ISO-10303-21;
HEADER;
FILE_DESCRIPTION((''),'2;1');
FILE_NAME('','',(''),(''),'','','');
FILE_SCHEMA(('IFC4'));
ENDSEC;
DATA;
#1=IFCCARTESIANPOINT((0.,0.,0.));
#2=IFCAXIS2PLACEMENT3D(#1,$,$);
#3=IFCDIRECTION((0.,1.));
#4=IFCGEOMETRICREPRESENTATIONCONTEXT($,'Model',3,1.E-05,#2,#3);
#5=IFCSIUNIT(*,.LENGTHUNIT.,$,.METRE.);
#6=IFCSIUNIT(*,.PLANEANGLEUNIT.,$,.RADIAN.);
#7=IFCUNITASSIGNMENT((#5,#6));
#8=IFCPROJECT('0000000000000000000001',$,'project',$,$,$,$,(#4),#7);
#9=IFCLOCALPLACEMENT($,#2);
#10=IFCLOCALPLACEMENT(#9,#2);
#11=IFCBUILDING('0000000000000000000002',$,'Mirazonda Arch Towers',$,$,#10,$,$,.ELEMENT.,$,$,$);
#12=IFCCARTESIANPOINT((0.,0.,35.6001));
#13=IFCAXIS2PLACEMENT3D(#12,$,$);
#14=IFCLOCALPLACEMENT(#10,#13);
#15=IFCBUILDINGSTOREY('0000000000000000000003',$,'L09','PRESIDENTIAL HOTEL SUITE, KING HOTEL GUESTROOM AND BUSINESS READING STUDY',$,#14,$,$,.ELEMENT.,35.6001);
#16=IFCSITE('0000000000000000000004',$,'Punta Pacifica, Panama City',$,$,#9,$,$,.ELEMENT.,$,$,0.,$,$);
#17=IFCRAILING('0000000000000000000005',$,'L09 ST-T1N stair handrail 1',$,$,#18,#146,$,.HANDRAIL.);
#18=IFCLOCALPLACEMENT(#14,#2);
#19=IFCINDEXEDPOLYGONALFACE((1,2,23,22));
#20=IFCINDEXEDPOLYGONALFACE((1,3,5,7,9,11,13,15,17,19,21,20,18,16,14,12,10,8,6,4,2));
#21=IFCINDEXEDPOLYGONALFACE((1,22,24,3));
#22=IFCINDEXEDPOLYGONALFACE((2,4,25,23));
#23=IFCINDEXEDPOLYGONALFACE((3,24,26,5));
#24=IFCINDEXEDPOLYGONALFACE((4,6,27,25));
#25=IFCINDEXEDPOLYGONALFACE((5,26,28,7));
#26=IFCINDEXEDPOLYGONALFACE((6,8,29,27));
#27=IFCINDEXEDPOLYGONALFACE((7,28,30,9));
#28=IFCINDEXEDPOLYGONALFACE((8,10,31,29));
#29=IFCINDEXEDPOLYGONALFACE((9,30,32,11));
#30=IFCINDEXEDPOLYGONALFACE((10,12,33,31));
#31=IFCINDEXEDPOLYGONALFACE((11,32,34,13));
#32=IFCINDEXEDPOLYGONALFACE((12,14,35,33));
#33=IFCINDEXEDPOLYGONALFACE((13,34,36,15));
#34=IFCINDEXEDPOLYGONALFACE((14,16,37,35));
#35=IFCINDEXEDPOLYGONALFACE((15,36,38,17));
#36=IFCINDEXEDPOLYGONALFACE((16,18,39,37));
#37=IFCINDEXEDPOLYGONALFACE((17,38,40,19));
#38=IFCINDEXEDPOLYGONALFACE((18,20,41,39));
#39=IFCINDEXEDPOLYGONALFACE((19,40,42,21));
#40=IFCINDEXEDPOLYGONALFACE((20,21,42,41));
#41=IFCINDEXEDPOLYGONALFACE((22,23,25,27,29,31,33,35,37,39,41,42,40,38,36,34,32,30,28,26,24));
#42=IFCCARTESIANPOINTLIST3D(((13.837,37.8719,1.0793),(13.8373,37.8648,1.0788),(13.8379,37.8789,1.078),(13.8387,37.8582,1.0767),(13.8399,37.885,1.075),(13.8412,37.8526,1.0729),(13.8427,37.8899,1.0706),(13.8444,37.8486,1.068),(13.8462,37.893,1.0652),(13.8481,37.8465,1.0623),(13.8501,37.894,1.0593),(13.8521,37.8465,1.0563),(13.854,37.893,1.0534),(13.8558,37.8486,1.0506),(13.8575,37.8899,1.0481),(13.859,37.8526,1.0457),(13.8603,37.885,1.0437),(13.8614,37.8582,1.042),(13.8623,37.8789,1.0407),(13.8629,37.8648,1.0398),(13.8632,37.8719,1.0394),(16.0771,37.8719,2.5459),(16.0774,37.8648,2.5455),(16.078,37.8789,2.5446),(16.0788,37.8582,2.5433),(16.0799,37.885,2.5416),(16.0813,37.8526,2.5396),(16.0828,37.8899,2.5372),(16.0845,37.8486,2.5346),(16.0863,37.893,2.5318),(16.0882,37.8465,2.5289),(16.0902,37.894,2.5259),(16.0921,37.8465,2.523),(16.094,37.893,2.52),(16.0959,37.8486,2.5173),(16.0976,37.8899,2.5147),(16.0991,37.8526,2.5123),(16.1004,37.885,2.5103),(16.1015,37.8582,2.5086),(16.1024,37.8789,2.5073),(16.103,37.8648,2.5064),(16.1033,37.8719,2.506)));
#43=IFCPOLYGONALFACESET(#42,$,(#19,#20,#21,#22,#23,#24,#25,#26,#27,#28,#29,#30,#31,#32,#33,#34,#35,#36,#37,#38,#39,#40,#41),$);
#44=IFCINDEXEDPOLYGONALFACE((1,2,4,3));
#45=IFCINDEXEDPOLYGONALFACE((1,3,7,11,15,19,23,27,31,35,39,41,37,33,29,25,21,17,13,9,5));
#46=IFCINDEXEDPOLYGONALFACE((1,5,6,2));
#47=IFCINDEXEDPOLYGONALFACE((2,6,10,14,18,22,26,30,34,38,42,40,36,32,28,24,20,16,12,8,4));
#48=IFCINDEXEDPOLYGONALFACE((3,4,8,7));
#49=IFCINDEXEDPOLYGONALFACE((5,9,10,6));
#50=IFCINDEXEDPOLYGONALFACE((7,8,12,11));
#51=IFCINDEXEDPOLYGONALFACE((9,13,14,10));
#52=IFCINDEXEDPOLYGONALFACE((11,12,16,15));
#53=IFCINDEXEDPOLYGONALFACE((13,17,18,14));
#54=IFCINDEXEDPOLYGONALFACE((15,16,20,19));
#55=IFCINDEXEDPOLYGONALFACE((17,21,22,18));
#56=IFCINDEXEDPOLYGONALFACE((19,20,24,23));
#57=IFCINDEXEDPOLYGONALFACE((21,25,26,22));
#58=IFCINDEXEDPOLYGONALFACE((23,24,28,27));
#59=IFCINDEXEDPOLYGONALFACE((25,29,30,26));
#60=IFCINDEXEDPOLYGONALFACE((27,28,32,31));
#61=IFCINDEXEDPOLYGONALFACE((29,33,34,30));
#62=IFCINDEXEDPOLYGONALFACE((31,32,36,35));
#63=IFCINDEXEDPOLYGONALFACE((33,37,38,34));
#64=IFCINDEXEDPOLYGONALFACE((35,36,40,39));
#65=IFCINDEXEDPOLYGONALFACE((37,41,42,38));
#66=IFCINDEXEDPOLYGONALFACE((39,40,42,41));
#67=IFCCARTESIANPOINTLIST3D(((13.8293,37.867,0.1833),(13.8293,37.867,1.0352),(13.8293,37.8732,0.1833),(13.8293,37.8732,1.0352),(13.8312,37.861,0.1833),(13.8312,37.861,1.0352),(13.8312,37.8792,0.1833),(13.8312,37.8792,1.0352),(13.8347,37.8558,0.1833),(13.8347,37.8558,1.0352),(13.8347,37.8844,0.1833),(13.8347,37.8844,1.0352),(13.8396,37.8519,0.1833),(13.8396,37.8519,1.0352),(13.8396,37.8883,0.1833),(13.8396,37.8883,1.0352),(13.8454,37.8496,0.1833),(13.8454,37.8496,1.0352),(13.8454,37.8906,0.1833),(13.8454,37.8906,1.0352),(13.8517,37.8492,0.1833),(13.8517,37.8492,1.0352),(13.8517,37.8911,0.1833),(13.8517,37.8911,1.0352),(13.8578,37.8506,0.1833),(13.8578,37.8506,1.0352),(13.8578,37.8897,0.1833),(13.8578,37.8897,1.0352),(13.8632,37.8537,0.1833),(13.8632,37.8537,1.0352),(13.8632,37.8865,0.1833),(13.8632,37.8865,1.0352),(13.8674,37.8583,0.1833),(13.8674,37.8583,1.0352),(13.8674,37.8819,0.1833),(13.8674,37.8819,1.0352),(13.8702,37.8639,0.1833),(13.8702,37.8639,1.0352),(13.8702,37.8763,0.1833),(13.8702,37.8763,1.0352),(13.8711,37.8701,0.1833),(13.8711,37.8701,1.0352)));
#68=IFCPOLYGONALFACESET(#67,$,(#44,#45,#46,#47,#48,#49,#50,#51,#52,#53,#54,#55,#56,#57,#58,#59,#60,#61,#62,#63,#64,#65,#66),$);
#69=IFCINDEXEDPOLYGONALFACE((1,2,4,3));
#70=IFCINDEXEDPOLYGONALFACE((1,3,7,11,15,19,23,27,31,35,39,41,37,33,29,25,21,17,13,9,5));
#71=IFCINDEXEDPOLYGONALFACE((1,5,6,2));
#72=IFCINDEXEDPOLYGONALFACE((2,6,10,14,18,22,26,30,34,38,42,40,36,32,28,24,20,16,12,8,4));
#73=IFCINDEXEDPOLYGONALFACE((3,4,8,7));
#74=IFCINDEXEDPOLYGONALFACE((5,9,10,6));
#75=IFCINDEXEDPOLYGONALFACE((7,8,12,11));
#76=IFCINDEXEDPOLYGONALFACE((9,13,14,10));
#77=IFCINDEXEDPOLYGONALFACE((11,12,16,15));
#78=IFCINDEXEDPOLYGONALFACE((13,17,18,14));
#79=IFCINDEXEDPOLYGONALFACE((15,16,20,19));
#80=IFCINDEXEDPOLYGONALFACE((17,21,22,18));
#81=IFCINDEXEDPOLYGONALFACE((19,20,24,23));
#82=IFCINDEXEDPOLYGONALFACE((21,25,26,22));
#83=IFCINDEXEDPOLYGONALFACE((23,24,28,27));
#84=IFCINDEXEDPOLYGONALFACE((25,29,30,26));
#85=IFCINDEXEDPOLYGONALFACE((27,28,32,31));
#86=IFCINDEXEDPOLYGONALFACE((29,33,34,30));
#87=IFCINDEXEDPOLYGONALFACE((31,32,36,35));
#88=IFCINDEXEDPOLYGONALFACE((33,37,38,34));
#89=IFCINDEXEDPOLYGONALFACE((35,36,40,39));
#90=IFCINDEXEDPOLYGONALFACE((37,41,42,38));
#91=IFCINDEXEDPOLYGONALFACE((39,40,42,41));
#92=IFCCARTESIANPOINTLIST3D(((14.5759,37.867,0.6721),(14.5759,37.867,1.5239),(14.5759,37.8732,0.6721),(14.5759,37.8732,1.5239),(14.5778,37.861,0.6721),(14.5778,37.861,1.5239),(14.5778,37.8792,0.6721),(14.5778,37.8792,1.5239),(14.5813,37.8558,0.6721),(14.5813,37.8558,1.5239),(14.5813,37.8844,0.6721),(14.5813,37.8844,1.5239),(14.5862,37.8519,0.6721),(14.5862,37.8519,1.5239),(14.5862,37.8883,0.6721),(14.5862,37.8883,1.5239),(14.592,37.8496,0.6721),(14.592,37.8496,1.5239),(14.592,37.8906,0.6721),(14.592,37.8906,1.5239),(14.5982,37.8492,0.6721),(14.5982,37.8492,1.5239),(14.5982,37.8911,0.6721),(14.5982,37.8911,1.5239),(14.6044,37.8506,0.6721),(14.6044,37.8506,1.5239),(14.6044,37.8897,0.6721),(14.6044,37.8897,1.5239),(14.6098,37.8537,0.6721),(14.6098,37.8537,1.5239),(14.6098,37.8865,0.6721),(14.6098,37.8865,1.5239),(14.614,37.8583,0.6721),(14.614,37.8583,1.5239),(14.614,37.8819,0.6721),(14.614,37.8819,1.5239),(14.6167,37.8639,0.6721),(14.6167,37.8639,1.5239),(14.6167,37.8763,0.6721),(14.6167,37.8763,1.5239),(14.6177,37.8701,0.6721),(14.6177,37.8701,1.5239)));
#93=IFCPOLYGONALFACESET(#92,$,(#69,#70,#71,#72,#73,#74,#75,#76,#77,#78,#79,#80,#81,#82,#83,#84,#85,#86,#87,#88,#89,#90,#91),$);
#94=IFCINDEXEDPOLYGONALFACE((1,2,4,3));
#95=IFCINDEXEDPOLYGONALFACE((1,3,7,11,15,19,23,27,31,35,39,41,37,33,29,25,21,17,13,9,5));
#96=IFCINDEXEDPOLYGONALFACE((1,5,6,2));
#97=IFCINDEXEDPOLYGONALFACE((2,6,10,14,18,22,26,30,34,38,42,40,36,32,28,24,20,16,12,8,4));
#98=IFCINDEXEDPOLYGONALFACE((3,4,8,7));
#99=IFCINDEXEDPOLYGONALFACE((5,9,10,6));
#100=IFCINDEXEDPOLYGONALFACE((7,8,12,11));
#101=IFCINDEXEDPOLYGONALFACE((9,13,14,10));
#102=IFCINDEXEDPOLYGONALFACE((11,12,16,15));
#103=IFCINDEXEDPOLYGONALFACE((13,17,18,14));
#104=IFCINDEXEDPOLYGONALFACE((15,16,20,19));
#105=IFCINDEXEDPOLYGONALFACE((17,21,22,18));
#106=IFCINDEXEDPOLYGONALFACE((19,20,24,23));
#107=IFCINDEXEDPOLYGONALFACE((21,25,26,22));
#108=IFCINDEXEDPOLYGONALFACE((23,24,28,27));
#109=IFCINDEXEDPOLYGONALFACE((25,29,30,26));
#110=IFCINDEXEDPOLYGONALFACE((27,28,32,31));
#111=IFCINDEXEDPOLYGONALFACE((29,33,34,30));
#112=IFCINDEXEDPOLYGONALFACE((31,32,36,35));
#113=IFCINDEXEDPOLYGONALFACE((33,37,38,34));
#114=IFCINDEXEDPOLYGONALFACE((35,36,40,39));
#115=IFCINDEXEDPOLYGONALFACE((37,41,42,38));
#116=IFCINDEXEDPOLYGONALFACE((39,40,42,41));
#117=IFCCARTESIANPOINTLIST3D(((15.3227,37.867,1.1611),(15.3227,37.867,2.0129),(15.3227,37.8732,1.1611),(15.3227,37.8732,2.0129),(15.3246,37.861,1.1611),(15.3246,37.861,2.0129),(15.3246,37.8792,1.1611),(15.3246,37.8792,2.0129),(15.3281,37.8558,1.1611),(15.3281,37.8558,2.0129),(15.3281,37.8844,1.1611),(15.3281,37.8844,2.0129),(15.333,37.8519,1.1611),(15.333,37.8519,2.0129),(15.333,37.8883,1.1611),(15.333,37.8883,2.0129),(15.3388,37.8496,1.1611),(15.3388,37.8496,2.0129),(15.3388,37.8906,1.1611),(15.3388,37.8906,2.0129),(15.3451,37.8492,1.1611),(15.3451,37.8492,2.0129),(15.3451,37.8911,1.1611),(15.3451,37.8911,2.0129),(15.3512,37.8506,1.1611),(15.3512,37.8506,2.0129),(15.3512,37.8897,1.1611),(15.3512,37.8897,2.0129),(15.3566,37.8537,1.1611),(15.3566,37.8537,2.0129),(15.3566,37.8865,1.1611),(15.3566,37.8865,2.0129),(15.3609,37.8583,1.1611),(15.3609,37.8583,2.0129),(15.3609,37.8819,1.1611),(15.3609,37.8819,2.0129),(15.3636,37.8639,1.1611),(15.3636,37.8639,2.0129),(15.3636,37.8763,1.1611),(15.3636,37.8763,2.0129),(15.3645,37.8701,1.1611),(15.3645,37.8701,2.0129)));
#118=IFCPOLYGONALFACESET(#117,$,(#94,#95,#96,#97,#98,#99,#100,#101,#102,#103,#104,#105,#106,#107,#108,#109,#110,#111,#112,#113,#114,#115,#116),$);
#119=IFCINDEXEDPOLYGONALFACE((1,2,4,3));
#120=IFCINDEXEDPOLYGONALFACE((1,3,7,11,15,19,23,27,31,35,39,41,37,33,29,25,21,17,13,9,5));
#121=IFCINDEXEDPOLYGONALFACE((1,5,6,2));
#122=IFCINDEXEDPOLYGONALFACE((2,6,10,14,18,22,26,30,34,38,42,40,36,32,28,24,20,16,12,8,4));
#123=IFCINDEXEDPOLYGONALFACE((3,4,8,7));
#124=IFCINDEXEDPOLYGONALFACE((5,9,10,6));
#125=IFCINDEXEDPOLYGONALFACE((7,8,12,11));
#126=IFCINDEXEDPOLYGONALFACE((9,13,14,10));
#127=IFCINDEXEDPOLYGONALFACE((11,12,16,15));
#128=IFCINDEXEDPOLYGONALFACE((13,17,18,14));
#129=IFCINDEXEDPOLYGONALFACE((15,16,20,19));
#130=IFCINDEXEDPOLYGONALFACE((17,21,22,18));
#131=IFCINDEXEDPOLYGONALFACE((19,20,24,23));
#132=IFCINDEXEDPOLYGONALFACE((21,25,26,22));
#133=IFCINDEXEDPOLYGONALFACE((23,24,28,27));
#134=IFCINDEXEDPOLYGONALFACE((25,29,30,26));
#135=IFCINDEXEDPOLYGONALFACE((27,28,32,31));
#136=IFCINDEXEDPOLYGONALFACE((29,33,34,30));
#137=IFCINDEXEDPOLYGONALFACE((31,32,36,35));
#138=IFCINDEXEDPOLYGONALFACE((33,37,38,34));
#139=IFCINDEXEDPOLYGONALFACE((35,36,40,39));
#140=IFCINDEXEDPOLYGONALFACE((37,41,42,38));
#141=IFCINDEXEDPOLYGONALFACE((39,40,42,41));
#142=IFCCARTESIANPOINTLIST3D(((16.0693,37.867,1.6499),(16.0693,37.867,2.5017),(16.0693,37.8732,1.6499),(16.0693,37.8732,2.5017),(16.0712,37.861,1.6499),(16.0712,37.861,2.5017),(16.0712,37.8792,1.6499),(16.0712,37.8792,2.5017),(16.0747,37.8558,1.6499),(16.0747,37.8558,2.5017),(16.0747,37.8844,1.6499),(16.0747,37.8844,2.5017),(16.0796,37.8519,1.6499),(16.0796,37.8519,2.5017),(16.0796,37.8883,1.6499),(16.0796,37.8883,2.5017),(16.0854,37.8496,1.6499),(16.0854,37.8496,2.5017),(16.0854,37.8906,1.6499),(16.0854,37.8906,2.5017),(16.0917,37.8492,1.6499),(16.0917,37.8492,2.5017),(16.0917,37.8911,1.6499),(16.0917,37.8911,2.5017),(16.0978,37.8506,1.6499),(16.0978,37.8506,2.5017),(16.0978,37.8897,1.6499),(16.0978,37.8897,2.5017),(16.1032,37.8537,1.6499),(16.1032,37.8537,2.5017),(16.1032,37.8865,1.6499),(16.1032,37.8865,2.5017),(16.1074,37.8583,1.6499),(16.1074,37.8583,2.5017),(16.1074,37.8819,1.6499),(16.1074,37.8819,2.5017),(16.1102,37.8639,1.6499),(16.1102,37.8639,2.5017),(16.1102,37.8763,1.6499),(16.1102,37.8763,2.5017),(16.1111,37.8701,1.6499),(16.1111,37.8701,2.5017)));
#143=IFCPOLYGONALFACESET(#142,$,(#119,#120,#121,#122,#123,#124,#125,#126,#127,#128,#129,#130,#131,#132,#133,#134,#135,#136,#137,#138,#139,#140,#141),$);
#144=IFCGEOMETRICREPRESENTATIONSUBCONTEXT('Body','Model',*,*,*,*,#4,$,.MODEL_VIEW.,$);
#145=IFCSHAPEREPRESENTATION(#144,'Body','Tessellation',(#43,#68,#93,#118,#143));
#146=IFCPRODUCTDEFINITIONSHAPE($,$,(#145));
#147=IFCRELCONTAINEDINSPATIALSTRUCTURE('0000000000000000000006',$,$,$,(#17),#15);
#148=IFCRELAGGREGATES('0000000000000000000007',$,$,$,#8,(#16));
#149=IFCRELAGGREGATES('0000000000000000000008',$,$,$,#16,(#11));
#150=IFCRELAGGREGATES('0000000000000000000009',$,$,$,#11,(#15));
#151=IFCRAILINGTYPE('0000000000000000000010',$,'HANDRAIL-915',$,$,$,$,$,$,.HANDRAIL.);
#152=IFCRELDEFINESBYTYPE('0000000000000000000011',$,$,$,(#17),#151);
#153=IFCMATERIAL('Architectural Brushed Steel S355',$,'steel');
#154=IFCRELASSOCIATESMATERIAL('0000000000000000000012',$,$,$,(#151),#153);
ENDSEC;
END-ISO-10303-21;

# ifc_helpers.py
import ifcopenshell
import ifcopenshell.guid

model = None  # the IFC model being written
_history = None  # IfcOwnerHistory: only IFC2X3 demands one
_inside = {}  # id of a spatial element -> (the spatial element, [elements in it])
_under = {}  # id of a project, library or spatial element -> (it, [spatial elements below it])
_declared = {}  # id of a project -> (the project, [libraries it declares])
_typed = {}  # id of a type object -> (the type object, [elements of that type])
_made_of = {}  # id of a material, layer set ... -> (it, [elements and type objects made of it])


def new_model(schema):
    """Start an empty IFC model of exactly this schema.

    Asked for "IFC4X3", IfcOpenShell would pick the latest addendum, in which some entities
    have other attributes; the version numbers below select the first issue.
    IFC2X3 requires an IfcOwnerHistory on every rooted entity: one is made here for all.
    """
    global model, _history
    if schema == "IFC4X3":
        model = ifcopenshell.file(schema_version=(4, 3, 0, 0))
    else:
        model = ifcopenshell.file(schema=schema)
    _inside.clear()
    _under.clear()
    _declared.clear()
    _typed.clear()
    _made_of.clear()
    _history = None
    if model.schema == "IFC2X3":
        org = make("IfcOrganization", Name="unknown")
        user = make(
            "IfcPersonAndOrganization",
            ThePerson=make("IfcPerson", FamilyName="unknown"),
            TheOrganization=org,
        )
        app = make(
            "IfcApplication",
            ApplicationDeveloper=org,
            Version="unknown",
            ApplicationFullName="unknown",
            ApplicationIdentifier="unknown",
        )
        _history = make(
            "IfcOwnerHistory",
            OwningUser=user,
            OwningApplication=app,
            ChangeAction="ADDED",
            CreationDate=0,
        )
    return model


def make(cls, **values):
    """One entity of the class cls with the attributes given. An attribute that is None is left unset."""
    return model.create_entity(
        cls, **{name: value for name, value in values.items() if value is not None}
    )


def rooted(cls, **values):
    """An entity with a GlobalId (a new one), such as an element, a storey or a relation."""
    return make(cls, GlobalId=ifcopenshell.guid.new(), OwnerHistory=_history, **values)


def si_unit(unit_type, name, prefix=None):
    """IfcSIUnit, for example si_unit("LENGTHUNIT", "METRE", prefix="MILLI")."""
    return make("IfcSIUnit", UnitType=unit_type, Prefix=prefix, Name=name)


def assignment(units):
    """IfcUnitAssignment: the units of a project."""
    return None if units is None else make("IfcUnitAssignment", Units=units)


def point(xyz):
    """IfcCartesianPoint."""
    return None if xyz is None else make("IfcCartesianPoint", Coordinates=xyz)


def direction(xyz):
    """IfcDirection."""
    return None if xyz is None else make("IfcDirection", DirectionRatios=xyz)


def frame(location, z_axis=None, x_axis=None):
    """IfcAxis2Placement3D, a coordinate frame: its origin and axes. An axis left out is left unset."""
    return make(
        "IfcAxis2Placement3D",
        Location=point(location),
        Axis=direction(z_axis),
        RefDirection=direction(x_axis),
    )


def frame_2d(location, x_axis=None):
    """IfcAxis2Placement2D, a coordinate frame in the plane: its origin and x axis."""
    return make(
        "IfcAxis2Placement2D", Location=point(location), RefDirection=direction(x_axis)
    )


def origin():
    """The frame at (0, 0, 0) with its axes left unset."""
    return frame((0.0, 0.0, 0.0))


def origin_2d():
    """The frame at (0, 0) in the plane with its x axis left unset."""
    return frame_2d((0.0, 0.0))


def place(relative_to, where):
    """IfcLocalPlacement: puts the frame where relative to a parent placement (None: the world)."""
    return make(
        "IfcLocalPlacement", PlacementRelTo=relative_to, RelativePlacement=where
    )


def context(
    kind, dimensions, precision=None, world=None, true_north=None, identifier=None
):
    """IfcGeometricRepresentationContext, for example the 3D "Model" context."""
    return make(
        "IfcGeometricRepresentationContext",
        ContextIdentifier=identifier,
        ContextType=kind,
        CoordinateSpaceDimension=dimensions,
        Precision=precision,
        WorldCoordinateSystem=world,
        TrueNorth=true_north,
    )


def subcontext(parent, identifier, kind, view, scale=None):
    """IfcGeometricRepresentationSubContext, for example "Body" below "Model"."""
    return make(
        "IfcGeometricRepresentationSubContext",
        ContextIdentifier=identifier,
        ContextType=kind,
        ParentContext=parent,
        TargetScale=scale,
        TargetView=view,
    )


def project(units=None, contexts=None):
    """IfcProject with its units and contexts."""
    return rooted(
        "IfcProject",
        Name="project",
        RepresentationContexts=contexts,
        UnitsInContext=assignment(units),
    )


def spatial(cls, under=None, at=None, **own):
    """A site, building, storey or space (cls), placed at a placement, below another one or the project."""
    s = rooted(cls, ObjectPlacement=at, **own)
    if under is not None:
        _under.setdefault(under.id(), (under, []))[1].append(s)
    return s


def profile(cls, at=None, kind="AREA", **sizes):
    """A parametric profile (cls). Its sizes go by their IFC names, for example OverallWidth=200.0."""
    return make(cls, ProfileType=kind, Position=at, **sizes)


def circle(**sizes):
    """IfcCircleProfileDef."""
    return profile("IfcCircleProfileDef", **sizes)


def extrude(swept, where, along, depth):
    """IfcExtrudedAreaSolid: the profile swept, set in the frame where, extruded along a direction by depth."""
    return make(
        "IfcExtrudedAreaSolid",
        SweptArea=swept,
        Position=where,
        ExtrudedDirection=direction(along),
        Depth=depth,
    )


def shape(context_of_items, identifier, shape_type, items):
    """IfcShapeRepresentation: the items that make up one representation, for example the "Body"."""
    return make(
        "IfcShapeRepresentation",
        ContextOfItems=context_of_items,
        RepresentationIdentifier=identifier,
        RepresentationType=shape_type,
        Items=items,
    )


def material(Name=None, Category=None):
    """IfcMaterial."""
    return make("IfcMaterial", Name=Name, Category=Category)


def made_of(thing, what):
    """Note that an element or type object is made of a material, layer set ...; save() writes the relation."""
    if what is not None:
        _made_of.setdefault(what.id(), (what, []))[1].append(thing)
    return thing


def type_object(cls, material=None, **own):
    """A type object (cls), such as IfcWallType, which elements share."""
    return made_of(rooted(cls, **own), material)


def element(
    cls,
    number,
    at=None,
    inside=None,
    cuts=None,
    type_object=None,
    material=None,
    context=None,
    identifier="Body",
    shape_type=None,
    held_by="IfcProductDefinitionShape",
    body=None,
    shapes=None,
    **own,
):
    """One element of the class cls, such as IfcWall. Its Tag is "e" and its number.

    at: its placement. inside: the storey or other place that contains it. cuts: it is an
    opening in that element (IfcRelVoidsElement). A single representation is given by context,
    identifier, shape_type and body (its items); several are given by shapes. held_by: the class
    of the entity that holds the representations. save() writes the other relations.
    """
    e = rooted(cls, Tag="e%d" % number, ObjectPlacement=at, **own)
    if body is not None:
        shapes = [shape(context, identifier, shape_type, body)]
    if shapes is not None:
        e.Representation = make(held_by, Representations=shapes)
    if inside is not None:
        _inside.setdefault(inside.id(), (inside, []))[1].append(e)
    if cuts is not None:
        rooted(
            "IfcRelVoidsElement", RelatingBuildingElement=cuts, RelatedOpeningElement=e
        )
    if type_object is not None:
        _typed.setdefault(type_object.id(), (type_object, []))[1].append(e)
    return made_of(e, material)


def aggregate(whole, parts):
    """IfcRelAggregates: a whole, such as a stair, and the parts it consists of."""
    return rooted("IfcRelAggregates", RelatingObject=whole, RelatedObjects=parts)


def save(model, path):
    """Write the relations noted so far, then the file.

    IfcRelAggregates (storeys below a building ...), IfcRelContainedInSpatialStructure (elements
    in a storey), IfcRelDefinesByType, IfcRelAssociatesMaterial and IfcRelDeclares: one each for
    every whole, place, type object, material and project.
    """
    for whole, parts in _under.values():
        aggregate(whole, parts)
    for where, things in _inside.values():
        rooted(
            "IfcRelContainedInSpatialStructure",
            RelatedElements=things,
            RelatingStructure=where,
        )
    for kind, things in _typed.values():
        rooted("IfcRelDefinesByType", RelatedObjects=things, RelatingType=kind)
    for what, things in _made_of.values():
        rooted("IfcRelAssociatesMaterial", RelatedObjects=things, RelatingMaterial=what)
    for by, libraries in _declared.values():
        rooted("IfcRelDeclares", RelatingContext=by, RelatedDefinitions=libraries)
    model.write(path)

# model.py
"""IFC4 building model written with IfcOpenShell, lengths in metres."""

from ifc_helpers import new_model, si_unit, direction, frame, origin, origin_2d, place, context, subcontext, project, spatial, circle, extrude, material, type_object, element, save


model = new_model("IFC4")

# Units and contexts
model_context = context("Model", 3, precision=1e-05, world=origin(), true_north=direction((0.0, 1.0)))
body_context = subcontext(model_context, "Body", "Model", "MODEL_VIEW")
ifc_project = project(units=[si_unit("LENGTHUNIT", "METRE"), si_unit("PLANEANGLEUNIT", "RADIAN")], contexts=[model_context])

# Site, building, storey
site_placement = place(None, origin())
site = spatial("IfcSite", under=ifc_project, at=site_placement, Name="Punta Pacifica, Panama City", CompositionType="ELEMENT", RefElevation=0.0)
building_placement = place(site_placement, origin())
building = spatial("IfcBuilding", under=site, at=building_placement, Name="Mirazonda Arch Towers", CompositionType="ELEMENT")
storey_placement = place(building_placement, frame((0.0, 0.0, 35.6001)))
storey = spatial("IfcBuildingStorey", under=building, at=storey_placement, Name="L09", Description="PRESIDENTIAL HOTEL SUITE, KING HOTEL GUESTROOM AND BUSINESS READING STUDY", CompositionType="ELEMENT", Elevation=35.6001)

# Shared definitions
ifc_material_1 = material(Name="Architectural Brushed Steel S355", Category="steel")

# Railing
railing_type_1 = type_object("IfcRailingType", Name="HANDRAIL-915", PredefinedType="HANDRAIL", material=ifc_material_1)
railing_1_placement = place(storey_placement, frame((13.8501, 37.8701, 0.1833)))
element("IfcRailing", 1, at=railing_1_placement, inside=storey, type_object=railing_type_1, Name="L09 ST-T1N stair handrail 1", PredefinedType="HANDRAIL", context=body_context, shape_type="SweptSolid", body=[
    extrude(circle(Radius=0.0239, at=origin_2d()), frame((0.0, 0.0, 0.876), z_axis=(0.836637, 0.0, 0.547758), x_axis=(0.0, 1.0, 0.0)), (0.0, 0.0, 1.0), 2.6775),
    extrude(circle(Radius=0.021, at=origin_2d()), origin(), (0.0, 0.0, 1.0), 0.8518),
    extrude(circle(Radius=0.021, at=origin_2d()), frame((0.7466, 0.0, 0.4888)), (0.0, 0.0, 1.0), 0.8518),
    extrude(circle(Radius=0.021, at=origin_2d()), frame((1.4934, 0.0, 0.9778)), (0.0, 0.0, 1.0), 0.8518),
    extrude(circle(Radius=0.021, at=origin_2d()), frame((2.24, 0.0, 1.4666)), (0.0, 0.0, 1.0), 0.8518),
])

save(model, "model.ifc")
